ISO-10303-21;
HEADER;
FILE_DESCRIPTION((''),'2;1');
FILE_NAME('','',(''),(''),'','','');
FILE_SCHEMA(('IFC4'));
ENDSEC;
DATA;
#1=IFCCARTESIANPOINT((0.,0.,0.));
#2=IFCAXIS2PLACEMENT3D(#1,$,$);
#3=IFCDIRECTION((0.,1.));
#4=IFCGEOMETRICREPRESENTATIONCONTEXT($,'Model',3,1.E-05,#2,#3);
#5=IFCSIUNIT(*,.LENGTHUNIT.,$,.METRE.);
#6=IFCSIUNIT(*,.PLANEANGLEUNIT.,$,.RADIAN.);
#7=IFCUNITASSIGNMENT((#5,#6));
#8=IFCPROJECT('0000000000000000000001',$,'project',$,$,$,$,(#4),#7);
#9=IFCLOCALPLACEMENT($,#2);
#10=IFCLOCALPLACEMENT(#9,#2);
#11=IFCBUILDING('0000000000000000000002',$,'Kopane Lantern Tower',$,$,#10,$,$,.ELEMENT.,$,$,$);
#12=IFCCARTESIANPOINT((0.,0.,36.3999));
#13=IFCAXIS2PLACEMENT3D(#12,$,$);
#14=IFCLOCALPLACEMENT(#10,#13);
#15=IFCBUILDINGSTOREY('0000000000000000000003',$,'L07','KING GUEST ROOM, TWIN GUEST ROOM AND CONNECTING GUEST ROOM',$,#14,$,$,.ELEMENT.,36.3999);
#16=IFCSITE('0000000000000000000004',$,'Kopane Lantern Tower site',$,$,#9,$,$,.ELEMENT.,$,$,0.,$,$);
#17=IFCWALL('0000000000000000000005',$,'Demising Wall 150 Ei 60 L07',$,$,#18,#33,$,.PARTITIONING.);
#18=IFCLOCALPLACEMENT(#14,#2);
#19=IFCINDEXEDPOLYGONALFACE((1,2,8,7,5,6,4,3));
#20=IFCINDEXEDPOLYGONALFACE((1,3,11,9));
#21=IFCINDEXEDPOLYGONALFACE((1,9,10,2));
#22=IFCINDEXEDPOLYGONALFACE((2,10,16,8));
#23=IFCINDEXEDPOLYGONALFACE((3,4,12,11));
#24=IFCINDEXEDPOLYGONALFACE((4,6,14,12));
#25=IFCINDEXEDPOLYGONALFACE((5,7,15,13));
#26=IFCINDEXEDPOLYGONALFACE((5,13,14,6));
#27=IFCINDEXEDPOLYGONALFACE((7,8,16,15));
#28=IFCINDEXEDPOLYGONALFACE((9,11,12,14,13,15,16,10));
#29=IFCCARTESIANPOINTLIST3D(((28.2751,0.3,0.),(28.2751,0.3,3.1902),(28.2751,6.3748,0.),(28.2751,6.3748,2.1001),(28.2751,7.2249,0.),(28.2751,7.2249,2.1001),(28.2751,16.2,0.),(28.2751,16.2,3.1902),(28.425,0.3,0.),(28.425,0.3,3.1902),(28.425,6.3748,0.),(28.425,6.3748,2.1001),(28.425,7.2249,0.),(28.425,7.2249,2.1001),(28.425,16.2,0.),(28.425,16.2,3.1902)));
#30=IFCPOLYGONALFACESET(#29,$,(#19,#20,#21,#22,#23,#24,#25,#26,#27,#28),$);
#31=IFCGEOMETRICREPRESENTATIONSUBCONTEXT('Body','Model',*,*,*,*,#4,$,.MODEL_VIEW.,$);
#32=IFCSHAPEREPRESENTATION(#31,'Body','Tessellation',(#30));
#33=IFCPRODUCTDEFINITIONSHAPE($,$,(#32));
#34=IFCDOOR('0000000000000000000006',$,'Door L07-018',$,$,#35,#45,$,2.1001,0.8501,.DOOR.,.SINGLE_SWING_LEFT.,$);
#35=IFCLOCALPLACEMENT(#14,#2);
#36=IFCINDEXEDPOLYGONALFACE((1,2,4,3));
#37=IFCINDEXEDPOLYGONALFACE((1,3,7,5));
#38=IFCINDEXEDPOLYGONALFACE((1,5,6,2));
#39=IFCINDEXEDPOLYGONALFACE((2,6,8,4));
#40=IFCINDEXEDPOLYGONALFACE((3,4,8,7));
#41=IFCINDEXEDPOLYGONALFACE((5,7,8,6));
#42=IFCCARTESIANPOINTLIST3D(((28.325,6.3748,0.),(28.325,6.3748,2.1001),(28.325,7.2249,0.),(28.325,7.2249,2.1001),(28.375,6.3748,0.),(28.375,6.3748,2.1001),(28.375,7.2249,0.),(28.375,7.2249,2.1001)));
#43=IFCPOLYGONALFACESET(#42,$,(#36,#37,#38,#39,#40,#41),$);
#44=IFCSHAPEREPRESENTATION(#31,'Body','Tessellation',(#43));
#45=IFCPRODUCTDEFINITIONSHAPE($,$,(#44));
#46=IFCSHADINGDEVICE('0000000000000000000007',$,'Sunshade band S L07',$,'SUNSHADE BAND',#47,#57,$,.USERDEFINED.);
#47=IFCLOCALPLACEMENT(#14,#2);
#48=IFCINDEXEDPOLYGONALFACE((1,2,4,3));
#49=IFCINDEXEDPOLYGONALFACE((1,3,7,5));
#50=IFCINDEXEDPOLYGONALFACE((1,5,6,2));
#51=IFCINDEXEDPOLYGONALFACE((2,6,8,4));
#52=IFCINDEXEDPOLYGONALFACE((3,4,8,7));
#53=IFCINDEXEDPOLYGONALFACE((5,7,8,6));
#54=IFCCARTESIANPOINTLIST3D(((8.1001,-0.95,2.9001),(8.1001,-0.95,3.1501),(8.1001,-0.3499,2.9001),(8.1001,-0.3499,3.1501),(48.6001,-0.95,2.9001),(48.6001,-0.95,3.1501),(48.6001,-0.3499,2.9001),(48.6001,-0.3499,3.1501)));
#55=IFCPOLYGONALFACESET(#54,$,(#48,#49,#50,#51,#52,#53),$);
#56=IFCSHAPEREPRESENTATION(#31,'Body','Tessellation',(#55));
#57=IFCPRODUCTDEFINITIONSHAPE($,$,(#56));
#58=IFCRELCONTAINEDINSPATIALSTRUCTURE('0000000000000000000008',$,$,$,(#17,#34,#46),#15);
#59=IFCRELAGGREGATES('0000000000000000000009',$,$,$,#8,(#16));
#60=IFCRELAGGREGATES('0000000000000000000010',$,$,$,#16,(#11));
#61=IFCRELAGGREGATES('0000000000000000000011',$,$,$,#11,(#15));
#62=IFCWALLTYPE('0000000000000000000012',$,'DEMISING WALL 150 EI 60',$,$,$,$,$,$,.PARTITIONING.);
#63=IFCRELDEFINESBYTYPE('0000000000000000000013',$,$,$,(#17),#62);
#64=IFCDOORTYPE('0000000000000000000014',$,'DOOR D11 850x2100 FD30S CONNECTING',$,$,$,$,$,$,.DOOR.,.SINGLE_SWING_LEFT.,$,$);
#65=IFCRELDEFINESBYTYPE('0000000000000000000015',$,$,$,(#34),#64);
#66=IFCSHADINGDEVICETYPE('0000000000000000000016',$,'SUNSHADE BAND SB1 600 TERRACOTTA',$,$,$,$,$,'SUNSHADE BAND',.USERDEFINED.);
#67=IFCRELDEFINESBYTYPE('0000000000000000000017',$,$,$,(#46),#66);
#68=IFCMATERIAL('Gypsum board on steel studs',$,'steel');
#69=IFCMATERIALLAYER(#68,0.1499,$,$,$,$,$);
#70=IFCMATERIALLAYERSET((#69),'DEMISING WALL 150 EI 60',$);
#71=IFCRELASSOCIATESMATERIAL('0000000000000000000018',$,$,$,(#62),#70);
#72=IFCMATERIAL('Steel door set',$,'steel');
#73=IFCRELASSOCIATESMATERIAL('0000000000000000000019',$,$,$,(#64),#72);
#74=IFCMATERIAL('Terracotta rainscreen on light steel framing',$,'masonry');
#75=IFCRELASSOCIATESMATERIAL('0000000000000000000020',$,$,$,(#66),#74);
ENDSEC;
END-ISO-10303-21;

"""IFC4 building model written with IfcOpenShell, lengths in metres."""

from ifc_helpers import new_model, si_unit, direction, frame, frame_2d, origin, origin_2d, place, context, subcontext, project, spatial, rectangle, extrude, material, layer, layer_set, type_object, element, fill, save


model = new_model("IFC4")

# Units and contexts
model_context = context("Model", 3, precision=1e-05, world=origin(), true_north=direction((0.0, 1.0)))
body_context = subcontext(model_context, "Body", "Model", "MODEL_VIEW")
ifc_project = project(units=[si_unit("LENGTHUNIT", "METRE"), si_unit("PLANEANGLEUNIT", "RADIAN")], contexts=[model_context])

# Site, building, storey
site_placement = place(None, origin())
site = spatial("IfcSite", under=ifc_project, at=site_placement, Name="Kopane Lantern Tower site", CompositionType="ELEMENT", RefElevation=0.0)
building_placement = place(site_placement, origin())
building = spatial("IfcBuilding", under=site, at=building_placement, Name="Kopane Lantern Tower", CompositionType="ELEMENT")
storey_placement = place(building_placement, frame((0.0, 0.0, 36.3999)))
storey = spatial("IfcBuildingStorey", under=building, at=storey_placement, Name="L07", Description="KING GUEST ROOM, TWIN GUEST ROOM AND CONNECTING GUEST ROOM", CompositionType="ELEMENT", Elevation=36.3999)

# Wall, opening, door
ifc_material_1 = material(Name="Gypsum board on steel studs", Category="steel")
ifc_layer_1 = layer(ifc_material_1, 0.1499)
ifc_layer_set_1 = layer_set([ifc_layer_1], Name="DEMISING WALL 150 EI 60")
wall_type_1 = type_object("IfcWallType", Name="DEMISING WALL 150 EI 60", PredefinedType="PARTITIONING", material=ifc_layer_set_1)
wall_1_placement = place(storey_placement, frame((28.3501, 16.2, 0.0), z_axis=(0.0, 0.0, 1.0), x_axis=(0.0, -1.0, 0.0)))
wall_1 = element("IfcWall", 1, at=wall_1_placement, inside=storey, type_object=wall_type_1, Name="Demising Wall 150 Ei 60 L07", PredefinedType="PARTITIONING", context=body_context, shape_type="SweptSolid", body=[
    extrude(rectangle(XDim=15.8999, YDim=0.1499, at=frame_2d((7.95, 0.0))), origin(), (0.0, 0.0, 1.0), 3.1902),
])
opening_1_placement = place(wall_1_placement, frame((8.9751, 0.0, 0.0)))
opening_1 = element("IfcOpeningElement", 2, at=opening_1_placement, cuts=wall_1, PredefinedType="OPENING", context=body_context, shape_type="SweptSolid", body=[
    extrude(rectangle(XDim=0.8501, YDim=2.1001, at=frame_2d((0.425, 1.05))), frame((0.0, 0.085, 0.0), z_axis=(0.0, -1.0, 0.0), x_axis=(1.0, 0.0, 0.0)), (0.0, 0.0, 1.0), 0.1699),
])
ifc_material_2 = material(Name="Steel door set", Category="steel")
door_type_1 = type_object("IfcDoorType", Name="DOOR D11 850x2100 FD30S CONNECTING", OperationType="SINGLE_SWING_LEFT", PredefinedType="DOOR", material=ifc_material_2)
door_1_placement = place(opening_1_placement, origin())
door_1 = element("IfcDoor", 3, at=door_1_placement, inside=storey, type_object=door_type_1, Name="Door L07-018", OperationType="SINGLE_SWING_LEFT", OverallHeight=2.1001, OverallWidth=0.8501, PredefinedType="DOOR", context=body_context, shape_type="SweptSolid", body=[
    extrude(rectangle(XDim=0.8501, YDim=2.1001, at=frame_2d((0.425, 1.05))), frame((0.0, 0.0249, 0.0), z_axis=(0.0, -1.0, 0.0), x_axis=(1.0, 0.0, 0.0)), (0.0, 0.0, 1.0), 0.05),
])
fill(opening_1, door_1)

# Shading device
ifc_material_3 = material(Name="Terracotta rainscreen on light steel framing", Category="masonry")
shading_device_type = type_object("IfcShadingDeviceType", Name="SUNSHADE BAND SB1 600 TERRACOTTA", ElementType="SUNSHADE BAND", PredefinedType="USERDEFINED", material=ifc_material_3)
shading_device_placement = place(storey_placement, frame((28.3501, -0.6499, 2.9001), z_axis=(0.0, 0.0, 1.0), x_axis=(1.0, 0.0, 0.0)))
element("IfcShadingDevice", 4, at=shading_device_placement, inside=storey, type_object=shading_device_type, Name="Sunshade band S L07", ObjectType="SUNSHADE BAND", PredefinedType="USERDEFINED", context=body_context, shape_type="SweptSolid", body=[
    extrude(rectangle(XDim=40.5, YDim=0.6001, at=origin_2d()), origin(), (0.0, 0.0, 1.0), 0.25),
])

save(model, "model.ifc")
